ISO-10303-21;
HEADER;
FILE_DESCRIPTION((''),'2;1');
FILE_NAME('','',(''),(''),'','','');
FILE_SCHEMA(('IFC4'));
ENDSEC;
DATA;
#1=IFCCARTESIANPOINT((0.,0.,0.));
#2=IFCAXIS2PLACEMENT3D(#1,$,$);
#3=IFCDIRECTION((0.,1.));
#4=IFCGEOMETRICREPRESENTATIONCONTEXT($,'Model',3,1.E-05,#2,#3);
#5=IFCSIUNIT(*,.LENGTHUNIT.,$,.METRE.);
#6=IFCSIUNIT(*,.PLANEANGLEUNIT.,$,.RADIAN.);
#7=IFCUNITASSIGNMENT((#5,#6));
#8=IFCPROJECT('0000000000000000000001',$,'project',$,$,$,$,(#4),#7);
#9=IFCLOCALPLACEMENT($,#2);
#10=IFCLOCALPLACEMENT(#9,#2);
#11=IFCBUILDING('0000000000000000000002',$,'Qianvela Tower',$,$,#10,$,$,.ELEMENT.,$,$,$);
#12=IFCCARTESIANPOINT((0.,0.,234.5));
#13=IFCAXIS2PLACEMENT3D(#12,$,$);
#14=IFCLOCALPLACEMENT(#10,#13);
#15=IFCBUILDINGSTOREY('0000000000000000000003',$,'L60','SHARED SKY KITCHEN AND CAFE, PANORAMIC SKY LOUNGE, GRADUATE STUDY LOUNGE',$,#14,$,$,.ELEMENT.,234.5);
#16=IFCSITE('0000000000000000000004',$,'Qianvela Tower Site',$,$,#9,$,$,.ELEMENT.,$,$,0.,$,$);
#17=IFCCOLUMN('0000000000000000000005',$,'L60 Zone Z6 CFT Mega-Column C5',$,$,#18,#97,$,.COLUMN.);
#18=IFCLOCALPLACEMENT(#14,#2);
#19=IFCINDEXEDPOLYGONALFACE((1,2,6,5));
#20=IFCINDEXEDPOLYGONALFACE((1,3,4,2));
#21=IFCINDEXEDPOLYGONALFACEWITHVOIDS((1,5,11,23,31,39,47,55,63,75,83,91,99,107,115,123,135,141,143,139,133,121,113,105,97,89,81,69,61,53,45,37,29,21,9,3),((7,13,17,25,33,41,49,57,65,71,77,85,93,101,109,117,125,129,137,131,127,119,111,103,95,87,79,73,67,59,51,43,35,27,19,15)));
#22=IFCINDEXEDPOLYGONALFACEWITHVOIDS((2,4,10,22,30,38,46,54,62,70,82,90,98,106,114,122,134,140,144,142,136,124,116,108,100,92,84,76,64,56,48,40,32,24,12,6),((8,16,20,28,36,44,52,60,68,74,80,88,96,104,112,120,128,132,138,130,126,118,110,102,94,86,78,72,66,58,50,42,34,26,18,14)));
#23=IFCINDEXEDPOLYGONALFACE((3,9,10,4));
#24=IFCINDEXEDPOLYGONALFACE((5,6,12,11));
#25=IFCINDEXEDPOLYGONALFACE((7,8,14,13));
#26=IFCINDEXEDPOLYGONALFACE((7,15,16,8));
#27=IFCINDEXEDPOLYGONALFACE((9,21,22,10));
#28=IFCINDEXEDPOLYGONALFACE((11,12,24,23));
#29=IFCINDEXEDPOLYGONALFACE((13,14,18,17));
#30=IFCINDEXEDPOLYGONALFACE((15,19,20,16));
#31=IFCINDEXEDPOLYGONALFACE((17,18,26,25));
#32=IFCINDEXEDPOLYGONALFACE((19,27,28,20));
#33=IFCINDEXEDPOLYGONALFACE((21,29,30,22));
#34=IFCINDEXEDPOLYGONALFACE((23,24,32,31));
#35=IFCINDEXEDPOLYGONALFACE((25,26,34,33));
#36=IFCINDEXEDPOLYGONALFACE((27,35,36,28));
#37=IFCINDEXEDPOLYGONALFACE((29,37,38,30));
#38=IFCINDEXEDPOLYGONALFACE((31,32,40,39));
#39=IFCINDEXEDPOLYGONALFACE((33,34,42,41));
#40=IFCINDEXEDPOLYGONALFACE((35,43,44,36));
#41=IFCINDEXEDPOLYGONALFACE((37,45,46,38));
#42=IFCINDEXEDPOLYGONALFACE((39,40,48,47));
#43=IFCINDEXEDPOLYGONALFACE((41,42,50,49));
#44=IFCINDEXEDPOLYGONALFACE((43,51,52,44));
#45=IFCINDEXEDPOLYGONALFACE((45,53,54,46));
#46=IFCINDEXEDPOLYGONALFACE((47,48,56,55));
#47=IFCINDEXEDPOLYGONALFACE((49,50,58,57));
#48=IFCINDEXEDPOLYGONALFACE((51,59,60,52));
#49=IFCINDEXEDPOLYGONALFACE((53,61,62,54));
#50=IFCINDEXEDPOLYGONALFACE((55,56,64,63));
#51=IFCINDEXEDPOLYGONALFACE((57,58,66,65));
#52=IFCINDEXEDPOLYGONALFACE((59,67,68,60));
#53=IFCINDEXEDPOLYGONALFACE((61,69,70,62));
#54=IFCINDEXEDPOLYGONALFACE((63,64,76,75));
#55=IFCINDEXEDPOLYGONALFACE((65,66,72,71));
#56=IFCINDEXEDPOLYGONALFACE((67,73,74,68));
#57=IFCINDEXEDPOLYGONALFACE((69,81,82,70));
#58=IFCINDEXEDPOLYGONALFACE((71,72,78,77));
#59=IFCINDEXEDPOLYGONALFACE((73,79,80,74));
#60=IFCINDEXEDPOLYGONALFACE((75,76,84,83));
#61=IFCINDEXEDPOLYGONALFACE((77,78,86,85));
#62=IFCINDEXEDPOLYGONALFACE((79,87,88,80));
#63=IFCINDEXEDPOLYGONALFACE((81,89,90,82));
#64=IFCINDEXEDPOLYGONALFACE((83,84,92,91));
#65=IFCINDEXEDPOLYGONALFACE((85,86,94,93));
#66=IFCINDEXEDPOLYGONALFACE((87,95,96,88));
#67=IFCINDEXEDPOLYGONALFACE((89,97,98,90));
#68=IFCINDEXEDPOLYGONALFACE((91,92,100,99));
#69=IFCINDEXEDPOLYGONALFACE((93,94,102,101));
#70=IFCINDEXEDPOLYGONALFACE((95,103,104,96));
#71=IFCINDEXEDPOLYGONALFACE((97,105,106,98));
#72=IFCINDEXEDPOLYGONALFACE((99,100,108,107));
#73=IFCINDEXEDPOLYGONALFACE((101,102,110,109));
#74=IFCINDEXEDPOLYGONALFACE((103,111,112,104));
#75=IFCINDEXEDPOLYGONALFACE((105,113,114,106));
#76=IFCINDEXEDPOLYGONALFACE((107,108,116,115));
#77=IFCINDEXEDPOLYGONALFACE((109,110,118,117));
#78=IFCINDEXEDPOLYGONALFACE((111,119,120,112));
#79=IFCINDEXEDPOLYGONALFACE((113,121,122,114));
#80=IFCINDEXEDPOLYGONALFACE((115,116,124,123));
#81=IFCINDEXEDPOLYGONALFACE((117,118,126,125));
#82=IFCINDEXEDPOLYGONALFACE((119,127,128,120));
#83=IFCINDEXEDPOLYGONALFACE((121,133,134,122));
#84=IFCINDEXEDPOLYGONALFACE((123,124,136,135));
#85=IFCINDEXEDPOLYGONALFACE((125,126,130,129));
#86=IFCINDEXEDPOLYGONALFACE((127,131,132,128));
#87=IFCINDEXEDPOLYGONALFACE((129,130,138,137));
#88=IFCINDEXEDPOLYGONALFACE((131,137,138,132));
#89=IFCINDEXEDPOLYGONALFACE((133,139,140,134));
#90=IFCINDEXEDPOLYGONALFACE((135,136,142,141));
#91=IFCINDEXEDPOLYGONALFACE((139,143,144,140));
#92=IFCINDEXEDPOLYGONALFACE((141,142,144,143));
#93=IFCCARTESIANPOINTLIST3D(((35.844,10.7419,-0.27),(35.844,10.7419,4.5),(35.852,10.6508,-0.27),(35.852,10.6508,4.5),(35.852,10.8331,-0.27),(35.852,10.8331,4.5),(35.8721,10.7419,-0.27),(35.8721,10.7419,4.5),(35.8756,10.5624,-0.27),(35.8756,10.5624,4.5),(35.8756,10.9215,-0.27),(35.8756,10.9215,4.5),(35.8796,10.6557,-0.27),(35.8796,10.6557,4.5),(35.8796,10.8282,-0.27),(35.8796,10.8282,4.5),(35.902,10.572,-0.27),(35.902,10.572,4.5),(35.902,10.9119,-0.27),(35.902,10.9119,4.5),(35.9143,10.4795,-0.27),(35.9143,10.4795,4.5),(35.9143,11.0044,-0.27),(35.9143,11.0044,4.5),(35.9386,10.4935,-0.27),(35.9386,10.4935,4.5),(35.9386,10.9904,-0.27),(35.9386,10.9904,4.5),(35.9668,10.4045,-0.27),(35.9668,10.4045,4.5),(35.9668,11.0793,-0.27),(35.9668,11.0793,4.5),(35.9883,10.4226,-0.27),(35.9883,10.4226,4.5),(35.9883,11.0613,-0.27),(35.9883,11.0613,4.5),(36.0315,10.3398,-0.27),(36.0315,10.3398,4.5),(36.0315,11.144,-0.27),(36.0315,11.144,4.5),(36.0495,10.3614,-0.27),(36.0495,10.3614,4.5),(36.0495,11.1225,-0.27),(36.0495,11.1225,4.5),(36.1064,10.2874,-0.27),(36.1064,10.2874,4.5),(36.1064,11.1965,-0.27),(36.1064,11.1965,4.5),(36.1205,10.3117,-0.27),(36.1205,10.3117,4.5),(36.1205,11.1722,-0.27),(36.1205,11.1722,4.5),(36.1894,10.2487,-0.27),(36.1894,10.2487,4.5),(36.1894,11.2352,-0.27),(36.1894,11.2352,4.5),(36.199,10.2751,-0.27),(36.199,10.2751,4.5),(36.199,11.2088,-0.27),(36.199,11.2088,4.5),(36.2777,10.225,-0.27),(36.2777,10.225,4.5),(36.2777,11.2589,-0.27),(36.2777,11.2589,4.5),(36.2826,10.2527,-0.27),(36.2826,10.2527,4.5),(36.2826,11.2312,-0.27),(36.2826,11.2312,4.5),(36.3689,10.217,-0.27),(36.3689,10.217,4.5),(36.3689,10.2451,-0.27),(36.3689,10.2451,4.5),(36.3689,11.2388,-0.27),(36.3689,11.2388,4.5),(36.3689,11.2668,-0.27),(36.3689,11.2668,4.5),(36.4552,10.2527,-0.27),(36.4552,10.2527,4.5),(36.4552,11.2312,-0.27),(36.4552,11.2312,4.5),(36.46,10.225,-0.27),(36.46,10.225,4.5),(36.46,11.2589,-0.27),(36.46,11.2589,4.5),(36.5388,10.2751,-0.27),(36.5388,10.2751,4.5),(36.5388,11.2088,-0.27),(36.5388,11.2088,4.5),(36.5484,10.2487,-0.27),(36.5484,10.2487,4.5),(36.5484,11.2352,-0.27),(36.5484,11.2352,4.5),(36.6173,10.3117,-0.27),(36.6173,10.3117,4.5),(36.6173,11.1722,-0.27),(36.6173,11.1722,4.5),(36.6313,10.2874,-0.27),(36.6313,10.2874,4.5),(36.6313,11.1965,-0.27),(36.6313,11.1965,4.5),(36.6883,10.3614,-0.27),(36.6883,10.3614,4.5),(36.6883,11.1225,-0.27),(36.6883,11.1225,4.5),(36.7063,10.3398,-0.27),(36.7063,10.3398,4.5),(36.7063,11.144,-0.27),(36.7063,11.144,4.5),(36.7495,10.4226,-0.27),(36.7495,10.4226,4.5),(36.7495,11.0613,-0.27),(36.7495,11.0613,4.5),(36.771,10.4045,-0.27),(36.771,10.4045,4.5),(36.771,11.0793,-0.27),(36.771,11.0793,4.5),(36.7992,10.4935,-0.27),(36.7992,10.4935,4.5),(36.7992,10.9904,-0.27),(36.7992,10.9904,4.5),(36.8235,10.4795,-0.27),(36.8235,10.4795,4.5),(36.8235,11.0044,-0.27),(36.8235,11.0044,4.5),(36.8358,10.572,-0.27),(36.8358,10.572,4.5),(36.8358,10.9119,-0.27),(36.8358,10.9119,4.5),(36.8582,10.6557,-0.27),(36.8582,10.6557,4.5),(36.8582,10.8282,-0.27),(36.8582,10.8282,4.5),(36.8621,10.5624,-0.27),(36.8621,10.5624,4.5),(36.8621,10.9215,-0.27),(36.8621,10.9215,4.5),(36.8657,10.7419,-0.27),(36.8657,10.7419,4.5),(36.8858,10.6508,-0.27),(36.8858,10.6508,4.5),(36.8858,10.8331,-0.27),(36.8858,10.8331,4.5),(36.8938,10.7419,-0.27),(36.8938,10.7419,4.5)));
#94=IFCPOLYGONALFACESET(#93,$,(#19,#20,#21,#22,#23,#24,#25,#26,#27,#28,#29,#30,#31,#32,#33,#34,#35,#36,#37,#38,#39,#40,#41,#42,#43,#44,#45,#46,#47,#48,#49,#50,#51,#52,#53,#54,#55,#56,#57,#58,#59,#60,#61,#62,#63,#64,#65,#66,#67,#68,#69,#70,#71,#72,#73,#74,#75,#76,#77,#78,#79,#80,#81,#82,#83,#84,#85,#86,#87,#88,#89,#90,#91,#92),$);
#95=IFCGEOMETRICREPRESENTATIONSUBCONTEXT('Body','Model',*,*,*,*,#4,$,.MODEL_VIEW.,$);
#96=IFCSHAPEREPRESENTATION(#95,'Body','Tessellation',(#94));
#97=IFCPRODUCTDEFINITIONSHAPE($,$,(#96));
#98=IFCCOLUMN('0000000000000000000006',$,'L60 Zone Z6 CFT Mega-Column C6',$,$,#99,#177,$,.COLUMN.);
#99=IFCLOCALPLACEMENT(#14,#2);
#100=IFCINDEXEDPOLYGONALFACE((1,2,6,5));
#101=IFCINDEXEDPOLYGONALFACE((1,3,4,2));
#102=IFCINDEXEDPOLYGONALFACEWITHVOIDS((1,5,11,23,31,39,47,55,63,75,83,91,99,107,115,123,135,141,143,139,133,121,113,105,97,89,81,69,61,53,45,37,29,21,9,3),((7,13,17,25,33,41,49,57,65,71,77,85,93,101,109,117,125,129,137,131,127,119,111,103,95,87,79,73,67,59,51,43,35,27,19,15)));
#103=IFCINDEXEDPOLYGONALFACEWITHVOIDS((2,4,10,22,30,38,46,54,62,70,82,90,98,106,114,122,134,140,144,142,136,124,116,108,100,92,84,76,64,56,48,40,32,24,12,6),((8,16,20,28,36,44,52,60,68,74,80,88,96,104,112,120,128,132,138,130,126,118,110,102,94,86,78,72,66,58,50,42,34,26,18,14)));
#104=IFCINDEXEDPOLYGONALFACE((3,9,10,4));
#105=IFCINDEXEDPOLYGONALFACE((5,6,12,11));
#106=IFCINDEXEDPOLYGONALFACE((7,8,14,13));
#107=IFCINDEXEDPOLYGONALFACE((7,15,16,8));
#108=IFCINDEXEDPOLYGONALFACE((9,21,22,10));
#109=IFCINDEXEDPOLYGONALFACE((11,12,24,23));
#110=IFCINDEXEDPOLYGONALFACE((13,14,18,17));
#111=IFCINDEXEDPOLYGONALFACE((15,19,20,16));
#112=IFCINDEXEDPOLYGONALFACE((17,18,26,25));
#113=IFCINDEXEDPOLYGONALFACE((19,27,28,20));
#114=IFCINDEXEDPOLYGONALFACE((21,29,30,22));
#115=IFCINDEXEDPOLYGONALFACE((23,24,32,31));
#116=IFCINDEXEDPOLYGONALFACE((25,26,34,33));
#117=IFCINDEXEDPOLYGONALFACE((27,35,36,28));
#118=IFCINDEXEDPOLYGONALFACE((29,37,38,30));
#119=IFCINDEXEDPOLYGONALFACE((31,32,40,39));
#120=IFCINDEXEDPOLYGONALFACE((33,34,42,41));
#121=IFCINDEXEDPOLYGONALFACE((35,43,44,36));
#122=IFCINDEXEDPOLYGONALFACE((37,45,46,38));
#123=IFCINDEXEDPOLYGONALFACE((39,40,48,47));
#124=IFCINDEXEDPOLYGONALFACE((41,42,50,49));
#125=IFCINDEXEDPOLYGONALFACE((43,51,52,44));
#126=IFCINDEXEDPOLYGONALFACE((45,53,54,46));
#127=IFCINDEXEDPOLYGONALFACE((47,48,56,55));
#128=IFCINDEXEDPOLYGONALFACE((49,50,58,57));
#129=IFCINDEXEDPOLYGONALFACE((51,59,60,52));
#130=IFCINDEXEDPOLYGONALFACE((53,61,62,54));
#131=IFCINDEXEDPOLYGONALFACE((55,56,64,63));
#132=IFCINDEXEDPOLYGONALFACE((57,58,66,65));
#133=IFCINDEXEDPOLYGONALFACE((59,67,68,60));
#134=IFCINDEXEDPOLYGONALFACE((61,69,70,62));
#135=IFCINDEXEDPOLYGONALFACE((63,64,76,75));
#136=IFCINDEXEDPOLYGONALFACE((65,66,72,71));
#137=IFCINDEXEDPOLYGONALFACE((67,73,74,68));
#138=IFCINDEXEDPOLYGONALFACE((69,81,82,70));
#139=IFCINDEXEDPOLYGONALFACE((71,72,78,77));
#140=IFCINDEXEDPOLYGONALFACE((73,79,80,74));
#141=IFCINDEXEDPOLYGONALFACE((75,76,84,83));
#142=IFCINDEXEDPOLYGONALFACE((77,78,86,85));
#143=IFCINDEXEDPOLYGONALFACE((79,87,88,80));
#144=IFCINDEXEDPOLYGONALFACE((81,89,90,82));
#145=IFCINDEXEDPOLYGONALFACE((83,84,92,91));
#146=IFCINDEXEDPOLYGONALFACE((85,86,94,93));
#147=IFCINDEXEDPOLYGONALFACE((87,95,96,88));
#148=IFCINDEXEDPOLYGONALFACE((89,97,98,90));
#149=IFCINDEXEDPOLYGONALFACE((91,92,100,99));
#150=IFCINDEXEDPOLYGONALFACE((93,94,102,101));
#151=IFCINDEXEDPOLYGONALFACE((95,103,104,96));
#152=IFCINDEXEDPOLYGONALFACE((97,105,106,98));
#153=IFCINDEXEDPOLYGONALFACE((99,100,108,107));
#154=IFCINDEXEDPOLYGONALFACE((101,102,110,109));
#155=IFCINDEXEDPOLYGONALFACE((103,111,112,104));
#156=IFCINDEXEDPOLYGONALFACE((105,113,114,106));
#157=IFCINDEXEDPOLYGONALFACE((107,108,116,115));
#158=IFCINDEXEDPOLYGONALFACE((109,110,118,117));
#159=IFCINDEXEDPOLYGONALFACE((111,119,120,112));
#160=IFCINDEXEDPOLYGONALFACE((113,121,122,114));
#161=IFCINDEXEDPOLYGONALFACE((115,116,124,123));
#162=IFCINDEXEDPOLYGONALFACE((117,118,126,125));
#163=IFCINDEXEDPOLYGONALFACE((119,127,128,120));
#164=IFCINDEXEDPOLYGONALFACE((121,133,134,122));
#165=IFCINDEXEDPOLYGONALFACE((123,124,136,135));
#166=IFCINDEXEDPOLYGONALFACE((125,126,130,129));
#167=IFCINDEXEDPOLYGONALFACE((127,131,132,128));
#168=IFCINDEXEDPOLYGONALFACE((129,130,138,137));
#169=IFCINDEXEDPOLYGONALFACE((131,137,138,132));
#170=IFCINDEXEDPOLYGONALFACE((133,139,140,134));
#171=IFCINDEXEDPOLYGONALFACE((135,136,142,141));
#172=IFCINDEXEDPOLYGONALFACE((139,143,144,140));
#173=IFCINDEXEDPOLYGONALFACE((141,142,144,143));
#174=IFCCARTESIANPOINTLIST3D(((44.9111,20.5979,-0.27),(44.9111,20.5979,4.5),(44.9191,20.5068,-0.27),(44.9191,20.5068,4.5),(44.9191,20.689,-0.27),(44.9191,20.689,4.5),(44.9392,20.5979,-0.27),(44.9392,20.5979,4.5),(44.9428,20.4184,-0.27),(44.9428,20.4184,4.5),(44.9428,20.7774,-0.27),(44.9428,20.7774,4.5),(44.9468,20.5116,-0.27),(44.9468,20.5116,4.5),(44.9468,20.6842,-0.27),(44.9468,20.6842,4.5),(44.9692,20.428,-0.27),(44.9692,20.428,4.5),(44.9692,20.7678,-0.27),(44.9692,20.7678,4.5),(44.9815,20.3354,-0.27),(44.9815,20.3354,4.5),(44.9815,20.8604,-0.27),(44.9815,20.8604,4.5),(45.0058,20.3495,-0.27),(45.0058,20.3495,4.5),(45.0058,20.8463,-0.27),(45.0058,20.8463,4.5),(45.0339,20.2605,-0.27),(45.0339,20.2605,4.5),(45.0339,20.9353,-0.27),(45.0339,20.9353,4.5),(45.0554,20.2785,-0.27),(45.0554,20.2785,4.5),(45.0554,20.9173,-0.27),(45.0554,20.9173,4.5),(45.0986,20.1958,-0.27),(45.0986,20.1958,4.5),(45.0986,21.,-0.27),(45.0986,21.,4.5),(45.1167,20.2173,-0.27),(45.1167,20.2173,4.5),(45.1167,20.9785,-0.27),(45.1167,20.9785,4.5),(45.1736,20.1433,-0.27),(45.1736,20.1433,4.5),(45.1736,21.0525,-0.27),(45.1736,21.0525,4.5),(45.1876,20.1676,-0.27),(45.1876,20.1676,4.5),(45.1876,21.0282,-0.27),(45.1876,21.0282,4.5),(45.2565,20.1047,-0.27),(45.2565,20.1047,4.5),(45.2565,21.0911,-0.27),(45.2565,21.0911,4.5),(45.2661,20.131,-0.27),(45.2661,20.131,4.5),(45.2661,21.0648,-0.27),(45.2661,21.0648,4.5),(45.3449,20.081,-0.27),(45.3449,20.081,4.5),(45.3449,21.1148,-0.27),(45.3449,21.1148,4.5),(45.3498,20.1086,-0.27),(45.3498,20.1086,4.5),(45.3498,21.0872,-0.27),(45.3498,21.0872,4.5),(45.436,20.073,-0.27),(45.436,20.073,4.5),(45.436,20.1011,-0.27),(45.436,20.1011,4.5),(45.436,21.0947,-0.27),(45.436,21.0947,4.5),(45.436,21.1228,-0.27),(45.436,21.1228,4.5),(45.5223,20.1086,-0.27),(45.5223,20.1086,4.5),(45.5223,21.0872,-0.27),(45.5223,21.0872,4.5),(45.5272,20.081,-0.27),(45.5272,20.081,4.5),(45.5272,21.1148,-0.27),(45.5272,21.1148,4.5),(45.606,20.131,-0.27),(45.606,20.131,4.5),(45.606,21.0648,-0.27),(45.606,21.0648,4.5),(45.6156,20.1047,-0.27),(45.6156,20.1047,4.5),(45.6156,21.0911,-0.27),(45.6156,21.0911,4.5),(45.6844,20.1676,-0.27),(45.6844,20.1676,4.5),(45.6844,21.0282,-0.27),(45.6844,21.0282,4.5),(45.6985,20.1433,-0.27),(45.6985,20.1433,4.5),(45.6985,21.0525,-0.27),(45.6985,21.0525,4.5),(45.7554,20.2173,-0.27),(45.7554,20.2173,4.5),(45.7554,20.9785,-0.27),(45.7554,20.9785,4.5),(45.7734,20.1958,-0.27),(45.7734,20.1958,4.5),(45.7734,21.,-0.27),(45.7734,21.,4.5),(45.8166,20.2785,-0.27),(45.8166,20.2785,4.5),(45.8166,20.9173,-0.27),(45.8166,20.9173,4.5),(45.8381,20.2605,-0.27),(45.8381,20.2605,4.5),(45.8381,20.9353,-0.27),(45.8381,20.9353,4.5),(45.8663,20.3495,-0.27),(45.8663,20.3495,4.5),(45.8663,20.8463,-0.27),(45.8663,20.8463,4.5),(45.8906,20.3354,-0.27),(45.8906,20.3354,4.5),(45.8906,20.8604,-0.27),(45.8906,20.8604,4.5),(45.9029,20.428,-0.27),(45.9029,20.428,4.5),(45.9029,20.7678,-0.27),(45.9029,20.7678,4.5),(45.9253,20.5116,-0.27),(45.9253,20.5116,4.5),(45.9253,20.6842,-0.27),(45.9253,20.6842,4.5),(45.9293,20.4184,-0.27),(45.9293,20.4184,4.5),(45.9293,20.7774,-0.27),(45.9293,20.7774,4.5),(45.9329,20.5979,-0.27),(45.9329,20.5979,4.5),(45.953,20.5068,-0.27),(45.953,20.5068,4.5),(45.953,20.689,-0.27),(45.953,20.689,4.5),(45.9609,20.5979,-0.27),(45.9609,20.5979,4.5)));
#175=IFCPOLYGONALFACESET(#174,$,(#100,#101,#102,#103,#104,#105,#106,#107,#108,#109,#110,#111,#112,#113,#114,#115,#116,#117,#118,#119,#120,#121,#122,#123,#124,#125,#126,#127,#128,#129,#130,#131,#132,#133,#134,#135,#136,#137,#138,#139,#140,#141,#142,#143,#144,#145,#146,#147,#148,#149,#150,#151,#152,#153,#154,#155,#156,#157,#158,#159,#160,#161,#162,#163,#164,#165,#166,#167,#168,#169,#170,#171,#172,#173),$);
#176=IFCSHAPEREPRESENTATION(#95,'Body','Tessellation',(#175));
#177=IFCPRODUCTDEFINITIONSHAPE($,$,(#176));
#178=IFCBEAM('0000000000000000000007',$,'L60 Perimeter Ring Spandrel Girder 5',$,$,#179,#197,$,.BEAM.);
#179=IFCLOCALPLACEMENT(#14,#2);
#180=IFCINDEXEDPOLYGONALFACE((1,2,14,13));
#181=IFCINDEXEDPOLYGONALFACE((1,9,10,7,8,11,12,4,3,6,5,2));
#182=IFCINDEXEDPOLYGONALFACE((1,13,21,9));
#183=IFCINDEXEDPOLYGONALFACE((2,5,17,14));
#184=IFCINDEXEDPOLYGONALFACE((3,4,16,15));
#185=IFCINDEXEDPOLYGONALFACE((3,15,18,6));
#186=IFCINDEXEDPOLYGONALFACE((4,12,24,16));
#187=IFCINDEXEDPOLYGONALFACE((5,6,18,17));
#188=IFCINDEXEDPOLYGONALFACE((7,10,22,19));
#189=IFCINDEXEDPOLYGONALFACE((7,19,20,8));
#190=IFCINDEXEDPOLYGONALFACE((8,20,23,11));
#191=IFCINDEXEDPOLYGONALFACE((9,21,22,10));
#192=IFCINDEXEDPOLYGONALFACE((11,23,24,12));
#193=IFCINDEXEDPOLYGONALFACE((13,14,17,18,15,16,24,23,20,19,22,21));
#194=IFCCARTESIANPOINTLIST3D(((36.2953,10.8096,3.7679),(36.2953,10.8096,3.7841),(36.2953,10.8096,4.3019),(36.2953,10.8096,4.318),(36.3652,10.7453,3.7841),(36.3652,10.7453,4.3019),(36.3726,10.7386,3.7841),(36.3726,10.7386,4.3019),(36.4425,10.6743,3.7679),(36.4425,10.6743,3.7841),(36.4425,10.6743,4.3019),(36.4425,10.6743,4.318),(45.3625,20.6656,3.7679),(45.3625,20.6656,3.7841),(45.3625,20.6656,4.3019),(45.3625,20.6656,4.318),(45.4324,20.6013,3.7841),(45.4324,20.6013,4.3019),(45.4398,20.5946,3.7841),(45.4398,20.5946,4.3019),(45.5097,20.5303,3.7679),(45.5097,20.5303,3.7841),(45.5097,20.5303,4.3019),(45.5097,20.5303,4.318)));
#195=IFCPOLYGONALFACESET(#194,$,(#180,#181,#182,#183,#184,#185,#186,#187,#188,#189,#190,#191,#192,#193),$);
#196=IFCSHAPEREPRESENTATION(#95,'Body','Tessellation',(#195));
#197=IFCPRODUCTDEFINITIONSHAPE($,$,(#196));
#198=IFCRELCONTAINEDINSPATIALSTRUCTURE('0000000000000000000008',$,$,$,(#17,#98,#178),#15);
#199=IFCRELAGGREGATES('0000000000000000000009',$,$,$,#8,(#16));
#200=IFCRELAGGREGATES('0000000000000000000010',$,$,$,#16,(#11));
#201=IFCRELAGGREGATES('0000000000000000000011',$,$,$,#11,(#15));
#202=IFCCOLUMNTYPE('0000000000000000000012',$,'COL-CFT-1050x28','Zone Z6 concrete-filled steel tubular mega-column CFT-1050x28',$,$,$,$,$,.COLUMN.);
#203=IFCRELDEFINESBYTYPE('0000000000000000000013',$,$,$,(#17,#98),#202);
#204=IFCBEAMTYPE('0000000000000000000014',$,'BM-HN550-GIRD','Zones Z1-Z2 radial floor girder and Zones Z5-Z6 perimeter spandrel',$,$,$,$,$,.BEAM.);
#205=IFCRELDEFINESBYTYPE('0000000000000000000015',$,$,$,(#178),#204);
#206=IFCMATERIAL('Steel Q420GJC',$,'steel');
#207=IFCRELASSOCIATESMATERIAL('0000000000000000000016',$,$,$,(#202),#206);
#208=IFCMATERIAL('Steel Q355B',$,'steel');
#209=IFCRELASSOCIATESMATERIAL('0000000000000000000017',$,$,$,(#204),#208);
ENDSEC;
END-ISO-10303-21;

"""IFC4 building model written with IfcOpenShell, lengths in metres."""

from ifc_helpers import new_model, si_unit, direction, frame, origin, origin_2d, place, context, subcontext, project, spatial, hollow_circle, i_section, extrude, material, material_profile, profile_set, type_object, element, save


model = new_model("IFC4")

# Units and contexts
model_context = context("Model", 3, precision=1e-05, world=origin(), true_north=direction((0.0, 1.0)))
body_context = subcontext(model_context, "Body", "Model", "MODEL_VIEW")
ifc_project = project(units=[si_unit("LENGTHUNIT", "METRE"), si_unit("PLANEANGLEUNIT", "RADIAN")], contexts=[model_context])

# Site, building, storey
site_placement = place(None, origin())
site = spatial("IfcSite", under=ifc_project, at=site_placement, Name="Qianvela Tower Site", CompositionType="ELEMENT", RefElevation=0.0)
building_placement = place(site_placement, origin())
building = spatial("IfcBuilding", under=site, at=building_placement, Name="Qianvela Tower", CompositionType="ELEMENT")
storey_placement = place(building_placement, frame((0.0, 0.0, 234.5)))
storey = spatial("IfcBuildingStorey", under=building, at=storey_placement, Name="L60", Description="SHARED SKY KITCHEN AND CAFE, PANORAMIC SKY LOUNGE, GRADUATE STUDY LOUNGE", CompositionType="ELEMENT", Elevation=234.5)

# Columns
ifc_material_1 = material(Name="Steel Q420GJC", Category="steel")
ifc_material_profile_1 = material_profile(ifc_material_1, hollow_circle(Radius=0.5249, WallThickness=0.0281, at=origin_2d()), Name="CFT-1050x28")
ifc_profile_set_1 = profile_set([ifc_material_profile_1], Name="Steel Q420GJC")
column_type = type_object("IfcColumnType", Name="COL-CFT-1050x28", Description="Zone Z6 concrete-filled steel tubular mega-column CFT-1050x28", PredefinedType="COLUMN", material=ifc_profile_set_1)
for number, where, z_axis, x_axis, name in (
    (1, (36.3689, 10.7419, -0.27), (0.0, 0.0, 1.0), (1.0, 0.0, 0.0), "L60 Zone Z6 CFT Mega-Column C5"),
    (2, (45.436, 20.5979, -0.27), (0.0, 0.0, 1.0), (1.0, 0.0, 0.0), "L60 Zone Z6 CFT Mega-Column C6"),
):
    element("IfcColumn", number, at=place(storey_placement, frame(where, z_axis=z_axis, x_axis=x_axis)), inside=storey, type_object=column_type, Name=name, PredefinedType="COLUMN", context=body_context, shape_type="SweptSolid", body=[
        extrude(hollow_circle(Radius=0.5249, WallThickness=0.0281, at=origin_2d()), origin(), (0.0, 0.0, 1.0), 4.77),
    ])

# Beam
ifc_material_2 = material(Name="Steel Q355B", Category="steel")
ifc_material_profile_2 = material_profile(ifc_material_2, i_section(OverallWidth=0.2, OverallDepth=0.55, WebThickness=0.01, FlangeThickness=0.0161, at=origin_2d()), Name="HN550x200x10x16")
ifc_profile_set_2 = profile_set([ifc_material_profile_2], Name="Steel Q355B")
beam_type_1 = type_object("IfcBeamType", Name="BM-HN550-GIRD", Description="Zones Z1-Z2 radial floor girder and Zones Z5-Z6 perimeter spandrel", PredefinedType="BEAM", material=ifc_profile_set_2)
beam_1_placement = place(storey_placement, frame((36.3689, 10.7419, 4.043), z_axis=(0.677043, 0.735944, 0.0), x_axis=(-0.735944, 0.677043, 0.0)))
element("IfcBeam", 3, at=beam_1_placement, inside=storey, type_object=beam_type_1, Name="L60 Perimeter Ring Spandrel Girder 5", PredefinedType="BEAM", context=body_context, shape_type="SweptSolid", body=[
    extrude(i_section(OverallWidth=0.2, OverallDepth=0.55, WebThickness=0.01, FlangeThickness=0.0161, at=origin_2d()), origin(), (0.0, 0.0, 1.0), 13.3923),
])

save(model, "model.ifc")
